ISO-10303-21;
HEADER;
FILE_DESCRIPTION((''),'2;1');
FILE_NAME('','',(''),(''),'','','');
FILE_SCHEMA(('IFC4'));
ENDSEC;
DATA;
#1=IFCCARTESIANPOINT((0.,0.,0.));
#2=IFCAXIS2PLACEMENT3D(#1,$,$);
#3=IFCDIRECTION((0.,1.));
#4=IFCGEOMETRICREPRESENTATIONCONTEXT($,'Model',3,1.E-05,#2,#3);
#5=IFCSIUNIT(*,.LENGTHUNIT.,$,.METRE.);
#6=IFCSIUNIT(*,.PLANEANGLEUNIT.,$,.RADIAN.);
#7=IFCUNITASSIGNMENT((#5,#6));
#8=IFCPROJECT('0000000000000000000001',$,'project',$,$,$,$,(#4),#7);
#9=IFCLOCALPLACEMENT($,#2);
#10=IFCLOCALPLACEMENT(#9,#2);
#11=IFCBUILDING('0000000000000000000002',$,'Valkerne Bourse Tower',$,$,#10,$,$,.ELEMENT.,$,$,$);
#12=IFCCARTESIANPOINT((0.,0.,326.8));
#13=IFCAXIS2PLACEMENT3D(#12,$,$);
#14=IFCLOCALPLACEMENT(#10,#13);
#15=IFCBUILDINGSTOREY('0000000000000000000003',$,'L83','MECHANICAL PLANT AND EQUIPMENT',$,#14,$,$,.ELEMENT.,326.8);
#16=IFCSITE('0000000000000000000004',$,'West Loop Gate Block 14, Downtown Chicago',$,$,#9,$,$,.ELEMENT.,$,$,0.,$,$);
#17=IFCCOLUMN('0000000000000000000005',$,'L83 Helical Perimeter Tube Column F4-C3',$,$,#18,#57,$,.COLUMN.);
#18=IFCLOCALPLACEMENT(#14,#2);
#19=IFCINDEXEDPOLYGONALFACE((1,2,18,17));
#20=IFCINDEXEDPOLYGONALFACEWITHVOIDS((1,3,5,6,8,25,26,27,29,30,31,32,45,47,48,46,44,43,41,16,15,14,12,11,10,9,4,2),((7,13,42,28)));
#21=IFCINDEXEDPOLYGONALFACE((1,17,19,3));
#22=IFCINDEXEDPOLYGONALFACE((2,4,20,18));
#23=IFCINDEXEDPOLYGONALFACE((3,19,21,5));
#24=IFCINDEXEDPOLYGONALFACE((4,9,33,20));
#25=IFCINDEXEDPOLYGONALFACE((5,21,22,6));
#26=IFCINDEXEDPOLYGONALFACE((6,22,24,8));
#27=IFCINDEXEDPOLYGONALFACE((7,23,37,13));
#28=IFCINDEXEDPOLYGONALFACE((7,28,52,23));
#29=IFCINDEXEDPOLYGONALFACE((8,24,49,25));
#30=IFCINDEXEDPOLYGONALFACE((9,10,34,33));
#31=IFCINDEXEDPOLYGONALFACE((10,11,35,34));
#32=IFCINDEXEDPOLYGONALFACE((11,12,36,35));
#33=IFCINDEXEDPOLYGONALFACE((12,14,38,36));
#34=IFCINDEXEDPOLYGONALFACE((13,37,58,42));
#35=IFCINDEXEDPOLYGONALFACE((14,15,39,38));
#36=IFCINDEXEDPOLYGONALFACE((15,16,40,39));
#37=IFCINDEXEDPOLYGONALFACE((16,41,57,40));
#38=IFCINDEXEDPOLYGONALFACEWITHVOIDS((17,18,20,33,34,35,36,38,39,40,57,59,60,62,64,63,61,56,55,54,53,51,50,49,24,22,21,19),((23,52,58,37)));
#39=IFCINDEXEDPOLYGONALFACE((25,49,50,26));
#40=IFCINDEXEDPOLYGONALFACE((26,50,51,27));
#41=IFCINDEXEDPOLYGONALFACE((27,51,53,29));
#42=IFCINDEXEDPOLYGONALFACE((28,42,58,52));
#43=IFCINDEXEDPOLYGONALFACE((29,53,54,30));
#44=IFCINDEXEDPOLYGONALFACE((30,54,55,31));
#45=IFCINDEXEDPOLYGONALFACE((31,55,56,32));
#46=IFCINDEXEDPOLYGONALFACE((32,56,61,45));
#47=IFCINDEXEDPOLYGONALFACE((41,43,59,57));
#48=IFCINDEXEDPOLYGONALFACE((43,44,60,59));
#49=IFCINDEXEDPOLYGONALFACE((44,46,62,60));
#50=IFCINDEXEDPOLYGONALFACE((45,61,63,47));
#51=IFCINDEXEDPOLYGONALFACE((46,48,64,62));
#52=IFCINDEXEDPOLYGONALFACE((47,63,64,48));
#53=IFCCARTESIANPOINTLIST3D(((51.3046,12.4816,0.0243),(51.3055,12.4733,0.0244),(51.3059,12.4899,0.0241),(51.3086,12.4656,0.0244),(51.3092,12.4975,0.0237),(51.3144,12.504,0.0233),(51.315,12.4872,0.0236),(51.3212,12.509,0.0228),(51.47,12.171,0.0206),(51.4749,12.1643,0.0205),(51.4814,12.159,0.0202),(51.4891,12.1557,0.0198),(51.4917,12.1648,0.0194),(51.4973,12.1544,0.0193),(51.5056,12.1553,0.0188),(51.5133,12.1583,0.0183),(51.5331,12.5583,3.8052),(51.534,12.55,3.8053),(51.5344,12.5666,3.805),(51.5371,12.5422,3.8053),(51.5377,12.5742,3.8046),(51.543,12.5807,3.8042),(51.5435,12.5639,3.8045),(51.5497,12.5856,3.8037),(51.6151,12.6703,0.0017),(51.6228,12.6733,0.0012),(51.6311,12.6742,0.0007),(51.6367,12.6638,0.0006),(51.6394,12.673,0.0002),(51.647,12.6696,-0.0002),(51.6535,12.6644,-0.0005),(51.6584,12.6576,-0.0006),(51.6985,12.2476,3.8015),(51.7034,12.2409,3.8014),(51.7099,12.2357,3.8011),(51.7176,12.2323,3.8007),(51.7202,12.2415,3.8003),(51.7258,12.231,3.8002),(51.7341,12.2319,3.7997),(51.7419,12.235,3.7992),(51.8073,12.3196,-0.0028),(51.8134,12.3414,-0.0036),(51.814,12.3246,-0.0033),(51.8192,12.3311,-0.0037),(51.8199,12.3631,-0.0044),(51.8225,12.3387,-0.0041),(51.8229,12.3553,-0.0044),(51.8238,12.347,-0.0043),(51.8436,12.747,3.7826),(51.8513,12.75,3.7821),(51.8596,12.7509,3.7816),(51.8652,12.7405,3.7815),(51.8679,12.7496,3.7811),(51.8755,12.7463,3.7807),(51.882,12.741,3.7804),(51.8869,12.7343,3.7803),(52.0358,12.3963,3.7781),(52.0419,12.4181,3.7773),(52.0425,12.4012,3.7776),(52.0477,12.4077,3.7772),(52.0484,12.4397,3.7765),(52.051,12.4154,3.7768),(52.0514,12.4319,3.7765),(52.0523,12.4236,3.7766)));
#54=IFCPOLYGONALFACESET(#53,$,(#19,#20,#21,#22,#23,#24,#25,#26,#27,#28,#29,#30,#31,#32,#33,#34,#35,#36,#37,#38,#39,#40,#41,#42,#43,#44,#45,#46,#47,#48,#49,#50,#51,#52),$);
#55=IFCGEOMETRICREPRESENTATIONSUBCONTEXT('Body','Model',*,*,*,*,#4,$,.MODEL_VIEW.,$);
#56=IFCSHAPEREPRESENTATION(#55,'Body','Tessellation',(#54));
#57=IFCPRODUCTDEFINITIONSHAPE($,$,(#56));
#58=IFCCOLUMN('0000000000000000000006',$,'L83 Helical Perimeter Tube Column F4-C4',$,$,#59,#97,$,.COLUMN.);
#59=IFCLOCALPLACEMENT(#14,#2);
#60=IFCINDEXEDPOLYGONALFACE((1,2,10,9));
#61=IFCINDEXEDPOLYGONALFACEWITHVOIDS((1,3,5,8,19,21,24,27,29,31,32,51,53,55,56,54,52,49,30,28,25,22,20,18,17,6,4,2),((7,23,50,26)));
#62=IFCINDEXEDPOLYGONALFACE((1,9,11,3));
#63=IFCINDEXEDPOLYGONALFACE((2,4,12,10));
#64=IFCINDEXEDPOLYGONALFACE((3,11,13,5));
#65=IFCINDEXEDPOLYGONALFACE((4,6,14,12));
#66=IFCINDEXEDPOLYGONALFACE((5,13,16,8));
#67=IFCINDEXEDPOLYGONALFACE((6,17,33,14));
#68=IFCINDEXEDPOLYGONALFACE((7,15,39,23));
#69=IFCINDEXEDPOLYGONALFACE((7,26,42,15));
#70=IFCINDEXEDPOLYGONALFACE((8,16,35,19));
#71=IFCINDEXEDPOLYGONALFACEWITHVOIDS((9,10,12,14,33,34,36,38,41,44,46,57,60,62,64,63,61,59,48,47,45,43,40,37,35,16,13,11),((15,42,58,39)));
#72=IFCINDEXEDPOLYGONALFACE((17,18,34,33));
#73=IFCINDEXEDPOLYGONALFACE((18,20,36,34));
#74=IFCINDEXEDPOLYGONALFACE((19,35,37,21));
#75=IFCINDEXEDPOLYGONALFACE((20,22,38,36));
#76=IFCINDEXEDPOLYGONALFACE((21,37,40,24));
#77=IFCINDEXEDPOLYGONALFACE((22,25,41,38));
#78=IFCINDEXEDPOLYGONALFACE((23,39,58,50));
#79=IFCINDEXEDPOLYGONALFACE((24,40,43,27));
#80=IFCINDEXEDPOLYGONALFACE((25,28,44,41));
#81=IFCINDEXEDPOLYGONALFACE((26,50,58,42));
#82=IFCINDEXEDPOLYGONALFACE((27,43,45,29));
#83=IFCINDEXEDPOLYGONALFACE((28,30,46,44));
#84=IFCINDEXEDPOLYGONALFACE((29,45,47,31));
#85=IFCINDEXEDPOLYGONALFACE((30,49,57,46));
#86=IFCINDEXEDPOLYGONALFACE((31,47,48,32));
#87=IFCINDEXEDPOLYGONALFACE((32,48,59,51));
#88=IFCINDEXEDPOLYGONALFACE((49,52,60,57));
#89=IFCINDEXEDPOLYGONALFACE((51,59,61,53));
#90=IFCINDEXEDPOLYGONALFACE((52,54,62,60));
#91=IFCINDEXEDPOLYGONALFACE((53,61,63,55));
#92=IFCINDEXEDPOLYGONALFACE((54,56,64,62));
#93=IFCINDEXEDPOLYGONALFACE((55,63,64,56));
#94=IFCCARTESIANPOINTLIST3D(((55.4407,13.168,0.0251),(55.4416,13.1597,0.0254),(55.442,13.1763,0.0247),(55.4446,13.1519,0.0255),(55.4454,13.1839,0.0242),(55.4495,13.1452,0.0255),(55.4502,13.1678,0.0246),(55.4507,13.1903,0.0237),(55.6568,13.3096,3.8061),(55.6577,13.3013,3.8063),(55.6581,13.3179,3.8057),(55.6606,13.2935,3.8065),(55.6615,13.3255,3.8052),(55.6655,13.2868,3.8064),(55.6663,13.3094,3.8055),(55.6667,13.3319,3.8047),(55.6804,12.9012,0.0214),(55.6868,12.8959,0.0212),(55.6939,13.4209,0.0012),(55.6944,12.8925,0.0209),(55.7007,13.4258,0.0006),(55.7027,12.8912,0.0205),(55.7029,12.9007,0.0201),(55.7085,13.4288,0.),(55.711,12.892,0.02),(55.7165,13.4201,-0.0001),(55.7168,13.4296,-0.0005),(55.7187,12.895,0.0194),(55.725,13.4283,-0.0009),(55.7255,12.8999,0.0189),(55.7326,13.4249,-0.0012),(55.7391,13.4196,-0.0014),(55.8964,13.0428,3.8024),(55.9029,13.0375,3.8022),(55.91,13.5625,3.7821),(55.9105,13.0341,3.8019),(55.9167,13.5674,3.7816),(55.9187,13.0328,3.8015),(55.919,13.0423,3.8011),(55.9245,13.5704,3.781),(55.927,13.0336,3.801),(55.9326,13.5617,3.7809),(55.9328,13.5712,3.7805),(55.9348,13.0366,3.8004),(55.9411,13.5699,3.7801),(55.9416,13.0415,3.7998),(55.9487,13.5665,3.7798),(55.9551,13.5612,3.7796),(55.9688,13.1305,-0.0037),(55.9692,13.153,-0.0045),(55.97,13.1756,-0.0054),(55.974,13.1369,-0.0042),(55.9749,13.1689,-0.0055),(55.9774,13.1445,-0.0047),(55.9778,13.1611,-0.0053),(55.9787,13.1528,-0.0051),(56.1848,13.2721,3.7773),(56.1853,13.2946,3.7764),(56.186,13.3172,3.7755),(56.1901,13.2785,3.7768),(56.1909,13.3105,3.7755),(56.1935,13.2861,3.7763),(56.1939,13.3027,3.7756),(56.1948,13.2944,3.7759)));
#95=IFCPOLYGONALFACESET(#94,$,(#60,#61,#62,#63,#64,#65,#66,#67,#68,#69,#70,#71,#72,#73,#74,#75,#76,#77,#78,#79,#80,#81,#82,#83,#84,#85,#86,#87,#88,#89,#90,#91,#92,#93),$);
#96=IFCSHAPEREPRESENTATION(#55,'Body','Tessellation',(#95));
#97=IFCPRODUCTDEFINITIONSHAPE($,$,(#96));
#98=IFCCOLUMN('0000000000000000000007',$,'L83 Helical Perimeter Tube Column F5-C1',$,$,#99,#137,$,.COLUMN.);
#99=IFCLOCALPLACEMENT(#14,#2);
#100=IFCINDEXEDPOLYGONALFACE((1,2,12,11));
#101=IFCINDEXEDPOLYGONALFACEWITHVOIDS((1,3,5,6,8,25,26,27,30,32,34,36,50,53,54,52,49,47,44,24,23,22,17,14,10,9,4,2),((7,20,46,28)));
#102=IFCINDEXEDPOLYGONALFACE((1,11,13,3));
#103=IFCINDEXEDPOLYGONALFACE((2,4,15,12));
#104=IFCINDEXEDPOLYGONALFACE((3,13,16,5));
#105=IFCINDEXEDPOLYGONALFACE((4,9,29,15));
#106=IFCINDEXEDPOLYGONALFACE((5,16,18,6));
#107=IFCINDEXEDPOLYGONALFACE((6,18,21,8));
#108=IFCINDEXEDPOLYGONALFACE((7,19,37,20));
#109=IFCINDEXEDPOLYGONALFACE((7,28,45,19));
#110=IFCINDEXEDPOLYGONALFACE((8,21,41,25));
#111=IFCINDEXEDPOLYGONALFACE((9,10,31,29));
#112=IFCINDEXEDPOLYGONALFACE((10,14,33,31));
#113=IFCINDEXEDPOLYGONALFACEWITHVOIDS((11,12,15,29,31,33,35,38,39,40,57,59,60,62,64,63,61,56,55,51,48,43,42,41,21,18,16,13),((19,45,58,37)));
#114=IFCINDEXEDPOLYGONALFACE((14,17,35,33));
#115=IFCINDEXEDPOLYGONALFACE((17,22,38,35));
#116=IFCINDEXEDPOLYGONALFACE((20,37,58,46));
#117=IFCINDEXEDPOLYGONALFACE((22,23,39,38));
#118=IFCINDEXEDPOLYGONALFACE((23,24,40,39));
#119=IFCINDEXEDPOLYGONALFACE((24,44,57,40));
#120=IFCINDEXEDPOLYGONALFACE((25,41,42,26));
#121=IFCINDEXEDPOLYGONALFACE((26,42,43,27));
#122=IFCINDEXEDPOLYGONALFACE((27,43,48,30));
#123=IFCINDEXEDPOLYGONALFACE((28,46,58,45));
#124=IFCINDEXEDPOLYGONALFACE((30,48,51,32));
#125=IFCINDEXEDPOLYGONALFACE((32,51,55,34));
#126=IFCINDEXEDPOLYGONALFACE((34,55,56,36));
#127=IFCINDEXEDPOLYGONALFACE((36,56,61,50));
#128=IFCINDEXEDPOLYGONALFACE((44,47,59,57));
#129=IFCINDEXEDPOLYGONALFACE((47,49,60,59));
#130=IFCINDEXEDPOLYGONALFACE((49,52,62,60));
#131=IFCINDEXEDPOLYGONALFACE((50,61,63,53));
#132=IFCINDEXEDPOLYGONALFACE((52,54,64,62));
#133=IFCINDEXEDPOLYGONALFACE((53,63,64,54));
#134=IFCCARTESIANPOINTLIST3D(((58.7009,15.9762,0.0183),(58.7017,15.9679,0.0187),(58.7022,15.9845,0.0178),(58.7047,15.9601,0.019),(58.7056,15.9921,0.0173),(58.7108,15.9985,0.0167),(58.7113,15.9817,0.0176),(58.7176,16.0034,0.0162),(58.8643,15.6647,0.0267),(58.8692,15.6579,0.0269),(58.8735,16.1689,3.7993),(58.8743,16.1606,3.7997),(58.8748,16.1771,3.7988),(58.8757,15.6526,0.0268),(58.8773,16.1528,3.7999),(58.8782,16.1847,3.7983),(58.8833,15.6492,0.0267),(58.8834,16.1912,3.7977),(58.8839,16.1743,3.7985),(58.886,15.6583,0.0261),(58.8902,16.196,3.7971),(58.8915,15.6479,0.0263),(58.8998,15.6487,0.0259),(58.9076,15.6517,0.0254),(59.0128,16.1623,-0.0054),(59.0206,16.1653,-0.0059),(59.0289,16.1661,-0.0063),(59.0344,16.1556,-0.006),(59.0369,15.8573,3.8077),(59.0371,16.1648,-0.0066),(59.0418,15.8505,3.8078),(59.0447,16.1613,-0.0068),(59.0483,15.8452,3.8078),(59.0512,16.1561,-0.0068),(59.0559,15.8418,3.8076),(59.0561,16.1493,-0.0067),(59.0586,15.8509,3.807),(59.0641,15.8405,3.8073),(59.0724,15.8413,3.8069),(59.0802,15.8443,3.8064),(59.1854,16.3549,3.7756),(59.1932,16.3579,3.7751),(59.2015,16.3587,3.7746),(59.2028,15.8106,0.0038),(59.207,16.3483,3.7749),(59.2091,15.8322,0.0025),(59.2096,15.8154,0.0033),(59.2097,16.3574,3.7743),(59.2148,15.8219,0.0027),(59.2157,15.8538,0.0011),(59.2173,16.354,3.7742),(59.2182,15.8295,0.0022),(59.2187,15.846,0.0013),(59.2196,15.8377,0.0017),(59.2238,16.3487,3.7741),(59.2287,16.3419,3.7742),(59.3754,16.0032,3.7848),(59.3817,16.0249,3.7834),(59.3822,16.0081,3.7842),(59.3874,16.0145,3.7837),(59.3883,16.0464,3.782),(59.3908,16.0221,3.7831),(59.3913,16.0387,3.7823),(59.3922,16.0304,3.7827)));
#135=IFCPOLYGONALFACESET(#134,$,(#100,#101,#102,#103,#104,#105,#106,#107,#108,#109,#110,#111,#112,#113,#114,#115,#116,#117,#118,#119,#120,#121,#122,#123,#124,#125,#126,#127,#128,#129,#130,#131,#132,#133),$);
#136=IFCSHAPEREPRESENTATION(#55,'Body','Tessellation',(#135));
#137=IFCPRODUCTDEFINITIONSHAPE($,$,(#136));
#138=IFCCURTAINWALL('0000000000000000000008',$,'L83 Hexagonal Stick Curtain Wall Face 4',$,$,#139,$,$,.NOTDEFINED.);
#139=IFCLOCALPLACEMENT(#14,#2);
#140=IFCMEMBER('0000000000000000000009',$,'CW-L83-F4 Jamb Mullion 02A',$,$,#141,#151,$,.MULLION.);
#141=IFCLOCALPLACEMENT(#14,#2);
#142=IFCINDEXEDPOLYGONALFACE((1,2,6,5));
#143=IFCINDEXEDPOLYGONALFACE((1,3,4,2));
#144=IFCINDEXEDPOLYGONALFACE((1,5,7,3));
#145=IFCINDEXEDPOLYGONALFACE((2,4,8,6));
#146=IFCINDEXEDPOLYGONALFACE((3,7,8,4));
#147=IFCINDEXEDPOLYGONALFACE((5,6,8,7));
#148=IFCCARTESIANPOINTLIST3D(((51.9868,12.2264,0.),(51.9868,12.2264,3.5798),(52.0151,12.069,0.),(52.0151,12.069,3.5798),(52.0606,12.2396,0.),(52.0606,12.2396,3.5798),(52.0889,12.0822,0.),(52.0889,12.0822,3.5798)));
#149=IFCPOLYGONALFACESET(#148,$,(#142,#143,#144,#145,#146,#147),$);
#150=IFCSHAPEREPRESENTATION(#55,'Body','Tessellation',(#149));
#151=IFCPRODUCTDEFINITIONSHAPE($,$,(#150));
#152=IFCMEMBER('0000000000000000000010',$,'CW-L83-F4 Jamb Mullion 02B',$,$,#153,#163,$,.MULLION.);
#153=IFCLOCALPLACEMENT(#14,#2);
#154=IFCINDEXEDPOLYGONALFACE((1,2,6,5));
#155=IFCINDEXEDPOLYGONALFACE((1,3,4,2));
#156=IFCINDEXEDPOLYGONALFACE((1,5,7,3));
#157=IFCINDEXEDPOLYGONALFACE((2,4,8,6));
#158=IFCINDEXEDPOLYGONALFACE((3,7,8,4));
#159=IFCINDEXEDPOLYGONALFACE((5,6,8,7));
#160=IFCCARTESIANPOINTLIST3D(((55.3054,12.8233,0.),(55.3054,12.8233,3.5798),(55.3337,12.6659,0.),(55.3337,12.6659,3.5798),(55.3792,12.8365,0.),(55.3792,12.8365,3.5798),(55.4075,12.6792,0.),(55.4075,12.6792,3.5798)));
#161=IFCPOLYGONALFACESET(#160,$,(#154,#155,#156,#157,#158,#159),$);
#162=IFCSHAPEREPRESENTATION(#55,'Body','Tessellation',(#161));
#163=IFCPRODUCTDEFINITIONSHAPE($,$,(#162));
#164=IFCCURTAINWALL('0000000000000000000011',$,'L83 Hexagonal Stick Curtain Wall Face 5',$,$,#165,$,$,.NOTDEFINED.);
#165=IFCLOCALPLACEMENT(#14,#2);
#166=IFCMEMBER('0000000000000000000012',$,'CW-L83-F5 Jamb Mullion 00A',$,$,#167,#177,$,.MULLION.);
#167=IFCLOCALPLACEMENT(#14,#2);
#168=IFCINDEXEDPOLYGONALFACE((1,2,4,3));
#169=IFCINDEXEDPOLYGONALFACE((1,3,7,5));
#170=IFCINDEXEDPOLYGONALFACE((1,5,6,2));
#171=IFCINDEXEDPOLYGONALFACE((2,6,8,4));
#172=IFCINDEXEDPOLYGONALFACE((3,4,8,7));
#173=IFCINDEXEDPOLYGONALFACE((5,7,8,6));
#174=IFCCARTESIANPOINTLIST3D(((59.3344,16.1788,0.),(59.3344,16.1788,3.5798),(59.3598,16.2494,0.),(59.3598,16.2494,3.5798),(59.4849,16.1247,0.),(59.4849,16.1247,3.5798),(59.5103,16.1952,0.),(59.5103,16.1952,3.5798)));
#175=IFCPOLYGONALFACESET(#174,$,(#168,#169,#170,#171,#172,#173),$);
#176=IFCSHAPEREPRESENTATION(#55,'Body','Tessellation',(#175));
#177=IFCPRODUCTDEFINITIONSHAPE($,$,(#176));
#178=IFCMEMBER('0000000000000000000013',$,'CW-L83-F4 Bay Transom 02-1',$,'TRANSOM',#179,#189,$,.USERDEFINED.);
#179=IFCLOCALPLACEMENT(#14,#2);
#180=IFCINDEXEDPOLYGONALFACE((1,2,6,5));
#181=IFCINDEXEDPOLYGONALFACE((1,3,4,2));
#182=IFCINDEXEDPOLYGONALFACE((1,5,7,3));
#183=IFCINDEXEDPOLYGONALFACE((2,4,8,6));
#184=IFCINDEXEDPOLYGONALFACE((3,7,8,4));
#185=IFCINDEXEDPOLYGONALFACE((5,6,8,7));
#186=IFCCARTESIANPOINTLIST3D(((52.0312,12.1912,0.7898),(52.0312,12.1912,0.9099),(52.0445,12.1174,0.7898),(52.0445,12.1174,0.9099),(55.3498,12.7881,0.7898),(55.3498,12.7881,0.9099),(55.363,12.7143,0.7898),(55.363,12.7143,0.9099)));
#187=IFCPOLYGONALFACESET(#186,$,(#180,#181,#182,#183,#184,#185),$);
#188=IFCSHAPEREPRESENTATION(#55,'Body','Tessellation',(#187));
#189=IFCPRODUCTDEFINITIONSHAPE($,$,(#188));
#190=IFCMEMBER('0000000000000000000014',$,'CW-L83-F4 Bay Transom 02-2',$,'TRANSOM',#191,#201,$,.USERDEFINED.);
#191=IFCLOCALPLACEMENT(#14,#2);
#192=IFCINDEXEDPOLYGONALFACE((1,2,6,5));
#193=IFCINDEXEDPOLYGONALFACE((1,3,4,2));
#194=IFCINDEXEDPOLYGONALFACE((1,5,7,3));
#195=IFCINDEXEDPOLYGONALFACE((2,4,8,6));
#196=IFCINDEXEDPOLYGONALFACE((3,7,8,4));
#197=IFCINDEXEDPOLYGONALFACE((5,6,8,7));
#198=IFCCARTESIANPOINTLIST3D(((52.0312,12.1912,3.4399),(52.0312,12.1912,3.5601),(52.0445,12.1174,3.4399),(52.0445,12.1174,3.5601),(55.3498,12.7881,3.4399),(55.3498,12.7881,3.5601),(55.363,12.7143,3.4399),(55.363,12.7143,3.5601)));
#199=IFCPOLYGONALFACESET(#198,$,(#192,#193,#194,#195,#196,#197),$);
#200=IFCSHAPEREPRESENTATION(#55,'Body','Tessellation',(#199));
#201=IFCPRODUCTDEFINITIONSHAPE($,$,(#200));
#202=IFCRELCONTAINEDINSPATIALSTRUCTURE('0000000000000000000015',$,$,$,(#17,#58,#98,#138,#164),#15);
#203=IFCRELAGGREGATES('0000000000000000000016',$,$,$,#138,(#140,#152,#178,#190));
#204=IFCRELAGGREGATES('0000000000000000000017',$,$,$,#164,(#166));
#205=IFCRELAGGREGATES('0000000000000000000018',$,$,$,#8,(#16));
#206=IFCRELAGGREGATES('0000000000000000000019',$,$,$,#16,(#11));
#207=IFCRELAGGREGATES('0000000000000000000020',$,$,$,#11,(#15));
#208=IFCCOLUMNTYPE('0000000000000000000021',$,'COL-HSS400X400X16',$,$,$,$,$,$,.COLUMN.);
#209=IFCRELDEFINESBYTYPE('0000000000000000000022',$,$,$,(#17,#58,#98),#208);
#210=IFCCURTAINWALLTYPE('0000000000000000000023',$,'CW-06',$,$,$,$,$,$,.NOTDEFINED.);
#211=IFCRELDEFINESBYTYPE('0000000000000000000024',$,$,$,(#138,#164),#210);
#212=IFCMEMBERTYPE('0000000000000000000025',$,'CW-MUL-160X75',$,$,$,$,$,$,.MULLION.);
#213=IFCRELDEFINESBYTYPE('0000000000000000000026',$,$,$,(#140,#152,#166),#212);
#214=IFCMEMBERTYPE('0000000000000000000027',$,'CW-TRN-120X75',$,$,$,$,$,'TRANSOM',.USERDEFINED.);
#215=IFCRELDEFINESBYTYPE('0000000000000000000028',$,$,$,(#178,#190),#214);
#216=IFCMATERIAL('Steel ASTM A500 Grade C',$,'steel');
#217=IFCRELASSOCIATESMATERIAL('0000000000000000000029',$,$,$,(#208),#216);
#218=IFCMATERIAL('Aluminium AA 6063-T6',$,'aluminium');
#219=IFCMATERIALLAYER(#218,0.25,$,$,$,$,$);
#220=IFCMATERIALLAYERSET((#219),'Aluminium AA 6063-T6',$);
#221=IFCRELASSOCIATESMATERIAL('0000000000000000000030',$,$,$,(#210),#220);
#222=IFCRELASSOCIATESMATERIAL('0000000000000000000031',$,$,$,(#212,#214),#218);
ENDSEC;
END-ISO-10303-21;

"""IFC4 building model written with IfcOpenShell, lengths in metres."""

from ifc_helpers import new_model, si_unit, direction, frame, origin, origin_2d, place, context, subcontext, project, spatial, rectangle, hollow_rectangle, extrude, material, layer, layer_set, material_profile, profile_set, type_object, element, aggregate, save


model = new_model("IFC4")

# Units and contexts
model_context = context("Model", 3, precision=1e-05, world=origin(), true_north=direction((0.0, 1.0)))
body_context = subcontext(model_context, "Body", "Model", "MODEL_VIEW")
ifc_project = project(units=[si_unit("LENGTHUNIT", "METRE"), si_unit("PLANEANGLEUNIT", "RADIAN")], contexts=[model_context])

# Site, building, storey
site_placement = place(None, origin())
site = spatial("IfcSite", under=ifc_project, at=site_placement, Name="West Loop Gate Block 14, Downtown Chicago", CompositionType="ELEMENT", RefElevation=0.0)
building_placement = place(site_placement, origin())
building = spatial("IfcBuilding", under=site, at=building_placement, Name="Valkerne Bourse Tower", CompositionType="ELEMENT")
storey_placement = place(building_placement, frame((0.0, 0.0, 326.8)))
storey = spatial("IfcBuildingStorey", under=building, at=storey_placement, Name="L83", Description="MECHANICAL PLANT AND EQUIPMENT", CompositionType="ELEMENT", Elevation=326.8)

# Columns
ifc_material_1 = material(Name="Steel ASTM A500 Grade C", Category="steel")
ifc_material_profile_1 = material_profile(ifc_material_1, hollow_rectangle(XDim=0.3999, YDim=0.3999, WallThickness=0.0161, OuterFilletRadius=0.032, at=origin_2d()), Name="HSS400X400X16")
ifc_profile_set_1 = profile_set([ifc_material_profile_1], Name="Steel ASTM A500 Grade C")
column_type = type_object("IfcColumnType", Name="COL-HSS400X400X16", PredefinedType="COLUMN", material=ifc_profile_set_1)
column_placement = place(storey_placement, frame((51.5642, 12.4143, 0.01), z_axis=(0.060315, 0.020234, 0.997974), x_axis=(-0.480573, 0.876882, 0.011266)))
element("IfcColumn", 1, at=column_placement, inside=storey, type_object=column_type, Name="L83 Helical Perimeter Tube Column F4-C3", PredefinedType="COLUMN", context=body_context, shape_type="SweptSolid", body=[
    extrude(hollow_rectangle(XDim=0.3999, YDim=0.3999, WallThickness=0.0161, OuterFilletRadius=0.032, at=origin_2d()), origin(), (0.0, 0.0, 1.0), 3.7886),
])
for number, where, z_axis, x_axis, name in (
    (2, (55.7097, 13.1604, 0.01), (0.057012, 0.037364, 0.997674), (-0.687244, 0.726326, 0.012071), "L83 Helical Perimeter Tube Column F4-C4"),
    (3, (58.9602, 15.907, 0.01), (0.045545, 0.050827, 0.997668), (-0.878704, -0.473029, 0.064213), "L83 Helical Perimeter Tube Column F5-C1"),
):
    element("IfcColumn", number, at=place(storey_placement, frame(where, z_axis=z_axis, x_axis=x_axis)), inside=storey, type_object=column_type, Name=name, PredefinedType="COLUMN", context=body_context, shape_type="SweptSolid", body=[
        extrude(hollow_rectangle(XDim=0.3999, YDim=0.3999, WallThickness=0.0161, OuterFilletRadius=0.032, at=origin_2d()), origin(), (0.0, 0.0, 1.0), 3.7898),
    ])

# Curtain wall, members
ifc_material_2 = material(Name="Aluminium AA 6063-T6", Category="aluminium")
ifc_layer_1 = layer(ifc_material_2, 0.25)
ifc_layer_set_1 = layer_set([ifc_layer_1], Name="Aluminium AA 6063-T6")
curtain_wall_type = type_object("IfcCurtainWallType", Name="CW-06", PredefinedType="NOTDEFINED", material=ifc_layer_set_1)
curtain_wall_1_placement = place(storey_placement, origin())
curtain_wall_1 = element("IfcCurtainWall", 4, at=curtain_wall_1_placement, inside=storey, type_object=curtain_wall_type, Name="L83 Hexagonal Stick Curtain Wall Face 4", PredefinedType="NOTDEFINED")
ifc_material_profile_2 = material_profile(ifc_material_2, rectangle(XDim=0.075, YDim=0.1599, at=origin_2d()), Name="CWM-75X160")
ifc_profile_set_2 = profile_set([ifc_material_profile_2], Name="Aluminium AA 6063-T6")
member_type_1 = type_object("IfcMemberType", Name="CW-MUL-160X75", PredefinedType="MULLION", material=ifc_profile_set_2)
member_1_placement = place(storey_placement, frame((52.0378, 12.1543, 0.0), z_axis=(0.0, 0.0, 1.0), x_axis=(0.984195, 0.17709, 0.0)))
member_1 = element("IfcMember", 5, at=member_1_placement, type_object=member_type_1, Name="CW-L83-F4 Jamb Mullion 02A", PredefinedType="MULLION", context=body_context, shape_type="SweptSolid", body=[
    extrude(rectangle(XDim=0.075, YDim=0.1599, at=origin_2d()), origin(), (0.0, 0.0, 1.0), 3.5798),
])
member_2_placement = place(storey_placement, frame((55.3564, 12.7512, 0.0), z_axis=(0.0, 0.0, 1.0), x_axis=(0.984195, 0.17709, 0.0)))
member_2 = element("IfcMember", 6, at=member_2_placement, type_object=member_type_1, Name="CW-L83-F4 Jamb Mullion 02B", PredefinedType="MULLION", context=body_context, shape_type="SweptSolid", body=[
    extrude(rectangle(XDim=0.075, YDim=0.1599, at=origin_2d()), origin(), (0.0, 0.0, 1.0), 3.5798),
])

# Curtain wall, member
curtain_wall_2_placement = place(storey_placement, origin())
curtain_wall_2 = element("IfcCurtainWall", 7, at=curtain_wall_2_placement, inside=storey, type_object=curtain_wall_type, Name="L83 Hexagonal Stick Curtain Wall Face 5", PredefinedType="NOTDEFINED")
member_3_placement = place(storey_placement, frame((59.4224, 16.187, 0.0), z_axis=(0.0, 0.0, 1.0), x_axis=(0.338724, 0.940886, 0.0)))
member_3 = element("IfcMember", 8, at=member_3_placement, type_object=member_type_1, Name="CW-L83-F5 Jamb Mullion 00A", PredefinedType="MULLION", context=body_context, shape_type="SweptSolid", body=[
    extrude(rectangle(XDim=0.075, YDim=0.1599, at=origin_2d()), origin(), (0.0, 0.0, 1.0), 3.5798),
])

# Members
ifc_material_profile_3 = material_profile(ifc_material_2, rectangle(XDim=0.075, YDim=0.1201, at=origin_2d()), Name="CWT-75X120")
ifc_profile_set_3 = profile_set([ifc_material_profile_3], Name="Aluminium AA 6063-T6")
member_type_2 = type_object("IfcMemberType", Name="CW-TRN-120X75", ElementType="TRANSOM", PredefinedType="USERDEFINED", material=ifc_profile_set_3)
member_4_placement = place(storey_placement, frame((52.0378, 12.1543, 0.8499), z_axis=(0.984205, 0.177031, 0.0), x_axis=(-0.177031, 0.984205, 0.0)))
member_4 = element("IfcMember", 9, at=member_4_placement, type_object=member_type_2, Name="CW-L83-F4 Bay Transom 02-1", ObjectType="TRANSOM", PredefinedType="USERDEFINED", context=body_context, shape_type="SweptSolid", body=[
    extrude(rectangle(XDim=0.075, YDim=0.1201, at=origin_2d()), origin(), (0.0, 0.0, 1.0), 3.3718),
])
member_5_placement = place(storey_placement, frame((52.0378, 12.1543, 3.5), z_axis=(0.984205, 0.177031, 0.0), x_axis=(-0.177031, 0.984205, 0.0)))
member_5 = element("IfcMember", 10, at=member_5_placement, type_object=member_type_2, Name="CW-L83-F4 Bay Transom 02-2", ObjectType="TRANSOM", PredefinedType="USERDEFINED", context=body_context, shape_type="SweptSolid", body=[
    extrude(rectangle(XDim=0.075, YDim=0.1201, at=origin_2d()), origin(), (0.0, 0.0, 1.0), 3.3718),
])

aggregate(curtain_wall_1, [member_1, member_2, member_4, member_5])
aggregate(curtain_wall_2, [member_3])

save(model, "model.ifc")
